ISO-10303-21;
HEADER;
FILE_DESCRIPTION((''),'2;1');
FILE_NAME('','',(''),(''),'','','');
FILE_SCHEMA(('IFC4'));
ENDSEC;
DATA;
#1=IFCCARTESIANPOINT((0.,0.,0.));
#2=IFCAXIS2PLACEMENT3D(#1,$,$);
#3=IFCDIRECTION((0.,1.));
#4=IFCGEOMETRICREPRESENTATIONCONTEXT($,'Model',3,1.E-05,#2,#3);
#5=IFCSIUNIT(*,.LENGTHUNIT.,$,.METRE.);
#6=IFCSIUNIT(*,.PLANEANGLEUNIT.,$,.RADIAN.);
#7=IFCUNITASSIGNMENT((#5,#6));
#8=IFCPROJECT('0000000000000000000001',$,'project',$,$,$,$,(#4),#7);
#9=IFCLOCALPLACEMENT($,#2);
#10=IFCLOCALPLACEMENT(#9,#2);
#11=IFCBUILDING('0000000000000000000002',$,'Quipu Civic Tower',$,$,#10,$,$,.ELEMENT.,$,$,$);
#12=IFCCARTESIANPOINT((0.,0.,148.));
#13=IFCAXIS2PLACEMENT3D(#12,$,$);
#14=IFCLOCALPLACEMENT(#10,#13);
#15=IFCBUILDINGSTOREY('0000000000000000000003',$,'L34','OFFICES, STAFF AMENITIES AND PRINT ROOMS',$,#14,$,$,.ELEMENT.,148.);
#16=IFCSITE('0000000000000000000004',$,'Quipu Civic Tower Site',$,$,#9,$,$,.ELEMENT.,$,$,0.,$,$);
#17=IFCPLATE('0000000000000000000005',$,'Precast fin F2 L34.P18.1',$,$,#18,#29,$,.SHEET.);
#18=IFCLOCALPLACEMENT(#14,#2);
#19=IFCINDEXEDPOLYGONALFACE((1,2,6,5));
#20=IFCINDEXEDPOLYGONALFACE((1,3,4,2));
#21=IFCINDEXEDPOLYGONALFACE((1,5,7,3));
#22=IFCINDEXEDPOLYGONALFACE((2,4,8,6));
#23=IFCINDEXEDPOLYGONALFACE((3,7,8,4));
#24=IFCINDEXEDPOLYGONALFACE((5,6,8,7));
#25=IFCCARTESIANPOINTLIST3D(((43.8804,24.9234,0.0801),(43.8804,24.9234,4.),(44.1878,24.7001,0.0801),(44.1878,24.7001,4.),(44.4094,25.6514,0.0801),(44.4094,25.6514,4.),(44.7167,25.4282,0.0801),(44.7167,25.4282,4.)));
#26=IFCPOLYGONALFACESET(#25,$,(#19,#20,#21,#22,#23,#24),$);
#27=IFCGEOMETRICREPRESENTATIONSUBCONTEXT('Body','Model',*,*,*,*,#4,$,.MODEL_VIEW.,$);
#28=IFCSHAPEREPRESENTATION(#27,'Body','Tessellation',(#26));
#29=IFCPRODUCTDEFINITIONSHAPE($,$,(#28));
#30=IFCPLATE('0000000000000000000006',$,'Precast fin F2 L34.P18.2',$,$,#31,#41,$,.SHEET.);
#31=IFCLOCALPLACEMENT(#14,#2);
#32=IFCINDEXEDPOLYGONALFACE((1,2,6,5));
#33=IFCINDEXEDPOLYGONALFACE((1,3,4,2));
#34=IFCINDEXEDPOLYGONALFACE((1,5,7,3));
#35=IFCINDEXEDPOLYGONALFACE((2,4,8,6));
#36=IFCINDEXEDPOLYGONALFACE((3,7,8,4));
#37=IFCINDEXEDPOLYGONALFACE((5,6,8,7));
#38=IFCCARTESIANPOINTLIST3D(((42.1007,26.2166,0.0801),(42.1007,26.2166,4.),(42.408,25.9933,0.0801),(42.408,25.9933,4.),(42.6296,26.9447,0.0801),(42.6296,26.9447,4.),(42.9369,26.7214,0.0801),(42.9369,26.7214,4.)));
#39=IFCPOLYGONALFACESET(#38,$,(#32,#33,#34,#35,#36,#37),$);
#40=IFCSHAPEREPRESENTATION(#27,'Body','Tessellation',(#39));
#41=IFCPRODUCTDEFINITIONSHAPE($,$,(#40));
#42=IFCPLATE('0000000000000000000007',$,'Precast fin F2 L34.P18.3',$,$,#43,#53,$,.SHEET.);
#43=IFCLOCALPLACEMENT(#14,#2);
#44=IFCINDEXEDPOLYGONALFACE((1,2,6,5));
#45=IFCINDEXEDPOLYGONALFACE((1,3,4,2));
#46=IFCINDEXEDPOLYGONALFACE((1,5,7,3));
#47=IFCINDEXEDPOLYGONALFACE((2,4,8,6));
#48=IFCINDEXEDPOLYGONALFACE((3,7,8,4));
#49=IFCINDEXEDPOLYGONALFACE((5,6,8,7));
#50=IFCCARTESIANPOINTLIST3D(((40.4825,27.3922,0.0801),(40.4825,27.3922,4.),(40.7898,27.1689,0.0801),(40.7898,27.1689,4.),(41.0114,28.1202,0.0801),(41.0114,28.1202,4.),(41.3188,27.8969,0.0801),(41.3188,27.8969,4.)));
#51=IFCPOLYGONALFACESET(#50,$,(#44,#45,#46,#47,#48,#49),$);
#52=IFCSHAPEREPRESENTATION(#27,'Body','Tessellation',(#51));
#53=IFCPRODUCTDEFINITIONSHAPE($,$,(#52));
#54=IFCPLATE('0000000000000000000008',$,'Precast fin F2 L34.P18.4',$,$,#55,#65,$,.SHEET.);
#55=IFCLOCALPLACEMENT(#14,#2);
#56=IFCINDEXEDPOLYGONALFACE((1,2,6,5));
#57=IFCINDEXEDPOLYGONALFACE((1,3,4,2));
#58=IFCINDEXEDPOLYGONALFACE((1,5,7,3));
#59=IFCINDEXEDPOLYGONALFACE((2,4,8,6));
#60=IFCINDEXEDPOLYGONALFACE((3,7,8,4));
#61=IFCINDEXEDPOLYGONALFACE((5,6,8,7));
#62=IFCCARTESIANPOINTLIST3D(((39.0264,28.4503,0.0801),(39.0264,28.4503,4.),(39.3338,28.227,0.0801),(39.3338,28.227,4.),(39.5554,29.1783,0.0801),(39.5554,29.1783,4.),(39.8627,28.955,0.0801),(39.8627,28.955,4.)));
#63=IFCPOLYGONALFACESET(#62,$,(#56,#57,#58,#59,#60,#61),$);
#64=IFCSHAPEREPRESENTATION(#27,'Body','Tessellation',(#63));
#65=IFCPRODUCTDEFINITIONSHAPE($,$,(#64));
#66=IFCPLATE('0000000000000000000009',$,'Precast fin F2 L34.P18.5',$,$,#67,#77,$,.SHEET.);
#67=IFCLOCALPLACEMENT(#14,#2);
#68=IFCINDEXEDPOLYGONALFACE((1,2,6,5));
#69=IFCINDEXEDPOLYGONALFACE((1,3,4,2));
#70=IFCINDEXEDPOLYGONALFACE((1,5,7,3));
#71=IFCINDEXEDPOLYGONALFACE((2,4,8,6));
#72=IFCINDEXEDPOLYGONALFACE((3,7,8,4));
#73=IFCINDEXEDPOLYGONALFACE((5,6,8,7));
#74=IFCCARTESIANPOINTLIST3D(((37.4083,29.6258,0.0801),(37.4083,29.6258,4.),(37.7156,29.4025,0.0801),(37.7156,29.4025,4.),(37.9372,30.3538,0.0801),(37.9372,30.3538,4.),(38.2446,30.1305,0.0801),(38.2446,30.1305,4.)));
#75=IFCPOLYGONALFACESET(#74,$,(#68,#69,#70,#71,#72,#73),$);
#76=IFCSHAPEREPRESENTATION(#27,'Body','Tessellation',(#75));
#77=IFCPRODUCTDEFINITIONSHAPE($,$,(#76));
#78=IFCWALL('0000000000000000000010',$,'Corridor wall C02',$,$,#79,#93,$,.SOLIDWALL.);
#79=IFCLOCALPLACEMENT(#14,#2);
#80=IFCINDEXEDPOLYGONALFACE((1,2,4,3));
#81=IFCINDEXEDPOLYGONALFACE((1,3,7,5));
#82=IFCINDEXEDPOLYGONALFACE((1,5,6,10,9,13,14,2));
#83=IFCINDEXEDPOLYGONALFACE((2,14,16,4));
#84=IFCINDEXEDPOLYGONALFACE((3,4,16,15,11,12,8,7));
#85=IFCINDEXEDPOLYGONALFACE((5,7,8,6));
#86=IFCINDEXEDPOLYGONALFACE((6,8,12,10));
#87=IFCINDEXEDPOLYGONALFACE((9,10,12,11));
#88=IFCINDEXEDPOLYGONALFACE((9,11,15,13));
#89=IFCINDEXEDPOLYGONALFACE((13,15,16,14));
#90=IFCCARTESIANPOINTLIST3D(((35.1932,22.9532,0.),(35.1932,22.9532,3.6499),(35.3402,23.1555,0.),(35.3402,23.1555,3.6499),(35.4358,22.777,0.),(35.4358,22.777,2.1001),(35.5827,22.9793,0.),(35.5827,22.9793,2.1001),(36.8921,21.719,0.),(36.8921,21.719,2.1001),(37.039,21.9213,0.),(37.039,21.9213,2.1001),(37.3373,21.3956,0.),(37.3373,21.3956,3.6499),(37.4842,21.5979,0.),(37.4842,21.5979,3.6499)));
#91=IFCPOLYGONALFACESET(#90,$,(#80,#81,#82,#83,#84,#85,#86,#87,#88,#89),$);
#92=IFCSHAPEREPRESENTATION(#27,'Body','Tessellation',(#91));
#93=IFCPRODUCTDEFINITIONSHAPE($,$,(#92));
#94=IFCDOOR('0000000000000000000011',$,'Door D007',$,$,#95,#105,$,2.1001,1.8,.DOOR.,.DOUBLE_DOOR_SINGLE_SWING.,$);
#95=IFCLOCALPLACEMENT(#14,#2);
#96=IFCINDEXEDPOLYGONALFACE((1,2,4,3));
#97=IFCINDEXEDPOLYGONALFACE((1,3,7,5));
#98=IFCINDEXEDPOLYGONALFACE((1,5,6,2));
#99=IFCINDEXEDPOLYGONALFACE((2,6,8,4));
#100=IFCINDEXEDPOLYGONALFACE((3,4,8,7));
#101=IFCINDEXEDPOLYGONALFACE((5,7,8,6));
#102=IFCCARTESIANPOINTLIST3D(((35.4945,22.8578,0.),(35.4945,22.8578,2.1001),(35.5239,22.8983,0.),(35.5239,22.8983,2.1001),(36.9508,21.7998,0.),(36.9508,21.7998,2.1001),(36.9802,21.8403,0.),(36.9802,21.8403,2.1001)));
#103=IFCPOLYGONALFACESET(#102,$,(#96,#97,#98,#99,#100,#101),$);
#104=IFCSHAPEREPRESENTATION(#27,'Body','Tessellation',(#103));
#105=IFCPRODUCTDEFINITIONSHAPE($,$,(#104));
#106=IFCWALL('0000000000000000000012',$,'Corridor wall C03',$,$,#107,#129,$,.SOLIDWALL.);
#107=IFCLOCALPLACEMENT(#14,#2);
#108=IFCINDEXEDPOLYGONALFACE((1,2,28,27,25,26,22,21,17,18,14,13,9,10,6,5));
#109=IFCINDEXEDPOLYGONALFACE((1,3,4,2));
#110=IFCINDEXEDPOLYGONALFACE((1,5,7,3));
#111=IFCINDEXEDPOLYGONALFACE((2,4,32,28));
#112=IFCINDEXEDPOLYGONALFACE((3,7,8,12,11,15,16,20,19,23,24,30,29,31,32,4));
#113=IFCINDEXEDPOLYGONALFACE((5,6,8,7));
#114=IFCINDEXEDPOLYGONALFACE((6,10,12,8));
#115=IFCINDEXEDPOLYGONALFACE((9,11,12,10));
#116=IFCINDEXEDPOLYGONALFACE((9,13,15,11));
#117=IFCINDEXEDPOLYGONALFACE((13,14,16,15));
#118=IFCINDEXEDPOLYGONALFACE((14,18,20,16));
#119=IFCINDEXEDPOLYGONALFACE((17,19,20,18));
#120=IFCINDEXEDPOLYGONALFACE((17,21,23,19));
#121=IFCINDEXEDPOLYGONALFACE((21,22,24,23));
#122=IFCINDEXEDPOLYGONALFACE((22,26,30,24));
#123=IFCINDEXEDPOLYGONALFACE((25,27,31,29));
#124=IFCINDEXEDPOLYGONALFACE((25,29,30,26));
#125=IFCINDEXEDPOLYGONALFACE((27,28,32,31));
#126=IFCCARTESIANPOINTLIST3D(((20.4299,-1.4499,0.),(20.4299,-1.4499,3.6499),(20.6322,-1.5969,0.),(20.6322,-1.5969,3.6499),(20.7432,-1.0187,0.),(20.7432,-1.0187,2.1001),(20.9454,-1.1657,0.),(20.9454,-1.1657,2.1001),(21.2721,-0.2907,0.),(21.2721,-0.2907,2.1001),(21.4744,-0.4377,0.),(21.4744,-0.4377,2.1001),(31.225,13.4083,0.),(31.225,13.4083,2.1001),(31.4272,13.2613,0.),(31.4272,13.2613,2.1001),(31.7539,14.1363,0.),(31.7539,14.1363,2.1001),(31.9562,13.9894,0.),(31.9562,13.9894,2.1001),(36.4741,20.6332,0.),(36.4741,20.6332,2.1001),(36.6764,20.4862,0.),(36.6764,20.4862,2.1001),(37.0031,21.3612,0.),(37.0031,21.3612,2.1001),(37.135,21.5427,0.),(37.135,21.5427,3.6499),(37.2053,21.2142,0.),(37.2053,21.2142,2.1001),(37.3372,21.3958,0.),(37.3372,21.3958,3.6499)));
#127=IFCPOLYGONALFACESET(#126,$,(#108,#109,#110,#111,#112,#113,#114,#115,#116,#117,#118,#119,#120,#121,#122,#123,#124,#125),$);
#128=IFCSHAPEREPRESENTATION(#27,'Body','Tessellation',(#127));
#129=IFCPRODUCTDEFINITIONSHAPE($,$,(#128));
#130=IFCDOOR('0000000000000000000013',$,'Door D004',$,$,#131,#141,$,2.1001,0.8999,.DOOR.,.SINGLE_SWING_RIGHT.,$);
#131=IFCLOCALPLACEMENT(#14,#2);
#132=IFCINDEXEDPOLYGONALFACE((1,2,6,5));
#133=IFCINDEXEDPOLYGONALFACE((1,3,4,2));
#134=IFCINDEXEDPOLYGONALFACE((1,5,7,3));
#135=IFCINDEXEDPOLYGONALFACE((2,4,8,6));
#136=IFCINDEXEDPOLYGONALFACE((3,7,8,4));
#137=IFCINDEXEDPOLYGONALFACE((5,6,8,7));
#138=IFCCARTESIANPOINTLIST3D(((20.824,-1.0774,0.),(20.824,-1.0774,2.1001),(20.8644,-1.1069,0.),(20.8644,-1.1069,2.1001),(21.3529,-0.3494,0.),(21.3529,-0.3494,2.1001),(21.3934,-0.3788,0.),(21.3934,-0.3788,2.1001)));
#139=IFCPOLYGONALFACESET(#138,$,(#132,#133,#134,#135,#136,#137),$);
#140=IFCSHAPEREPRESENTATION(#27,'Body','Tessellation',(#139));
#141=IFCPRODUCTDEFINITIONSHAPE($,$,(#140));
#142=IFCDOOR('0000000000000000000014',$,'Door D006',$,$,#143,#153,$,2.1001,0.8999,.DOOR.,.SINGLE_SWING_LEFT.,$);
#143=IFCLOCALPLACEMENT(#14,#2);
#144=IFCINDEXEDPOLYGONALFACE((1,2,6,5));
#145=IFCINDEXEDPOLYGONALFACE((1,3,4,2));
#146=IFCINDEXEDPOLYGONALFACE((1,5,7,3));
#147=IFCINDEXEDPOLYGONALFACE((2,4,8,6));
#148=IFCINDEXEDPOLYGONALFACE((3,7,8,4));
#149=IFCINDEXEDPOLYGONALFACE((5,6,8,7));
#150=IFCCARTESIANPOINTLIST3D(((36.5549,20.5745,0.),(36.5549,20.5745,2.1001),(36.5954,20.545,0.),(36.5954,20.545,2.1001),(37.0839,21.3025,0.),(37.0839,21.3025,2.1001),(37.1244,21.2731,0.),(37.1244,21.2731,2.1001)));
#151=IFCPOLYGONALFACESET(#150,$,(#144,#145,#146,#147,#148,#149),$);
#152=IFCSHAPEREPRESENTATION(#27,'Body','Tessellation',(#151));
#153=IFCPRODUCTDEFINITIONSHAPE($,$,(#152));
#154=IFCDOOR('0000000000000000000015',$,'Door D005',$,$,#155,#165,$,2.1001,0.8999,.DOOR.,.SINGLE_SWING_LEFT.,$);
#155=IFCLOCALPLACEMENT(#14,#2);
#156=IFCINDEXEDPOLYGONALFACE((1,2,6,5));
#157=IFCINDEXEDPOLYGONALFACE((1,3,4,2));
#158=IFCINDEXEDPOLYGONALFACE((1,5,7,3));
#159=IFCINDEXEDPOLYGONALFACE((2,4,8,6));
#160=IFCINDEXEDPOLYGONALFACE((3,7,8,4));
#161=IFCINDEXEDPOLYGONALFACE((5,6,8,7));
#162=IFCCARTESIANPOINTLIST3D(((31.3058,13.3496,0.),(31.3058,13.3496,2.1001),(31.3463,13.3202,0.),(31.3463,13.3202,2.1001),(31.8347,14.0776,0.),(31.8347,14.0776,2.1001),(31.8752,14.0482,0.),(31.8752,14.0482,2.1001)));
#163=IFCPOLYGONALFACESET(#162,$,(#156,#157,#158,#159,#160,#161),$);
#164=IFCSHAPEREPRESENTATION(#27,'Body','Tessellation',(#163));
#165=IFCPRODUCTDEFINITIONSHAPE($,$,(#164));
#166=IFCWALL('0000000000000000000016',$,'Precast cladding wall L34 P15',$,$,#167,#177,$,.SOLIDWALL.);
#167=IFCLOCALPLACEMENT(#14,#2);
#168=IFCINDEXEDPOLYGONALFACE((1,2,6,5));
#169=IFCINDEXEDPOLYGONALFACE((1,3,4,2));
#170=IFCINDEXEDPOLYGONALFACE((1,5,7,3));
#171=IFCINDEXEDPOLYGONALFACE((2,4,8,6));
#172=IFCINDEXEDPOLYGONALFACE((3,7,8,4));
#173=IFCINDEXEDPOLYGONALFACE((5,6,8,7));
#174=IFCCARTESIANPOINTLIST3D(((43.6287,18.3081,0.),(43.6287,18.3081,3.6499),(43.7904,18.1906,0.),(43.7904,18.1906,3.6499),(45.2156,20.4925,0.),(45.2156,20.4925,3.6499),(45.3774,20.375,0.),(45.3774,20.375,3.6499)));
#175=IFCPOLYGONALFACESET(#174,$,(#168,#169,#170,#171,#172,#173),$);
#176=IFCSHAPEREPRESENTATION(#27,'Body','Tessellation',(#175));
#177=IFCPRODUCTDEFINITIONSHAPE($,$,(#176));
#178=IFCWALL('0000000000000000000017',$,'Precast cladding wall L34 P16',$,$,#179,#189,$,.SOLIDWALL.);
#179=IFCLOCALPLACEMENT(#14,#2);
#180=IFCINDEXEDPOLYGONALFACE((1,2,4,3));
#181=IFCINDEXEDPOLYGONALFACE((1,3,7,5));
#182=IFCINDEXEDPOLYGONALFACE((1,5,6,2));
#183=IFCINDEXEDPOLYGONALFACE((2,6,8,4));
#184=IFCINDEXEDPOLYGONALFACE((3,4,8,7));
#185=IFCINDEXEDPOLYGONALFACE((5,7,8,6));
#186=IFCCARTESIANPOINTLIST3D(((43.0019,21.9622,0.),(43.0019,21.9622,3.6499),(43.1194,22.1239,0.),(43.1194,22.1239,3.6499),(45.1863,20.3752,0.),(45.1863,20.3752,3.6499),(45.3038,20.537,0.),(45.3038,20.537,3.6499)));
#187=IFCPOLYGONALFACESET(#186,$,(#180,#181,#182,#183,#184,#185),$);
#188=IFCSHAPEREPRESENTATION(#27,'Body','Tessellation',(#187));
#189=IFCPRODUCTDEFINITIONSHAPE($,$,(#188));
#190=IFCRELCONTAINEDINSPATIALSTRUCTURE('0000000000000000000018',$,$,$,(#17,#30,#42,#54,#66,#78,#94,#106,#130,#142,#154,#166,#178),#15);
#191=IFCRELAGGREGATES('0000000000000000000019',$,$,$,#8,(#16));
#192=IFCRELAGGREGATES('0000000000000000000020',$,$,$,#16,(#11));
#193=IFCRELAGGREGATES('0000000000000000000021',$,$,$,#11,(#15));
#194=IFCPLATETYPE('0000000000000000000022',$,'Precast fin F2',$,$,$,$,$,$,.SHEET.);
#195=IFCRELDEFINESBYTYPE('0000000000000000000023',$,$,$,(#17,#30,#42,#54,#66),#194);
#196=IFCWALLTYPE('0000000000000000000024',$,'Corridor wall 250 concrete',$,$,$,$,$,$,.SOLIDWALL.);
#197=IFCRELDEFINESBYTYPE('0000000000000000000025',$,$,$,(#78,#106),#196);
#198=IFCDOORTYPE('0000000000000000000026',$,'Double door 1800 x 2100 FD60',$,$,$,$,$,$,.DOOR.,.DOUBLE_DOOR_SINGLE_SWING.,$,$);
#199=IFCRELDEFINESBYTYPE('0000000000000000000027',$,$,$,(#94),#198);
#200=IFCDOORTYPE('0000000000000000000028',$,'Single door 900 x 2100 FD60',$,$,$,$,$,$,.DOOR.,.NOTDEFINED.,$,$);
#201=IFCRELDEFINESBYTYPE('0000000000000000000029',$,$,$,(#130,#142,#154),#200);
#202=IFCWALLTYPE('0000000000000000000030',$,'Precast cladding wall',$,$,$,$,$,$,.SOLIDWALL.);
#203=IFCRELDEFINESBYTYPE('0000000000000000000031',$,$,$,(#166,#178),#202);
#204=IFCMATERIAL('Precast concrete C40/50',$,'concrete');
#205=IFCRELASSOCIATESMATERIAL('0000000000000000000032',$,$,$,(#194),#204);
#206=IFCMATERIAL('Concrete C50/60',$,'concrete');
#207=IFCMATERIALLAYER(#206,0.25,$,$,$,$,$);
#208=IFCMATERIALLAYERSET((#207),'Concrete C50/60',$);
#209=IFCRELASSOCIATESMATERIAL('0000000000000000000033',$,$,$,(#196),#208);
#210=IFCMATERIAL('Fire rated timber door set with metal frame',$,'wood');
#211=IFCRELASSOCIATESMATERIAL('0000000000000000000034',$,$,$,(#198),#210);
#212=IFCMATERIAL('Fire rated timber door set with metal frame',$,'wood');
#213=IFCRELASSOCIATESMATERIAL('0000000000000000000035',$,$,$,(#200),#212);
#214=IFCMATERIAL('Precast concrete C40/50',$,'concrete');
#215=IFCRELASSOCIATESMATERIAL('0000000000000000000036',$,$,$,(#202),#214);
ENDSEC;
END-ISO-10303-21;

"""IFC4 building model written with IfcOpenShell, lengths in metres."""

from ifc_helpers import new_model, si_unit, direction, frame, frame_2d, origin, origin_2d, place, context, subcontext, project, spatial, rectangle, extrude, material, layer, layer_set, type_object, element, fill, save


model = new_model("IFC4")

# Units and contexts
model_context = context("Model", 3, precision=1e-05, world=origin(), true_north=direction((0.0, 1.0)))
body_context = subcontext(model_context, "Body", "Model", "MODEL_VIEW")
ifc_project = project(units=[si_unit("LENGTHUNIT", "METRE"), si_unit("PLANEANGLEUNIT", "RADIAN")], contexts=[model_context])

# Site, building, storey
site_placement = place(None, origin())
site = spatial("IfcSite", under=ifc_project, at=site_placement, Name="Quipu Civic Tower Site", CompositionType="ELEMENT", RefElevation=0.0)
building_placement = place(site_placement, origin())
building = spatial("IfcBuilding", under=site, at=building_placement, Name="Quipu Civic Tower", CompositionType="ELEMENT")
storey_placement = place(building_placement, frame((0.0, 0.0, 148.0)))
storey = spatial("IfcBuildingStorey", under=building, at=storey_placement, Name="L34", Description="OFFICES, STAFF AMENITIES AND PRINT ROOMS", CompositionType="ELEMENT", Elevation=148.0)

# Plates
ifc_material_1 = material(Name="Precast concrete C40/50", Category="concrete")
plate_type_1 = type_object("IfcPlateType", Name="Precast fin F2", PredefinedType="SHEET", material=ifc_material_1)
for number, where, z_axis, x_axis, name in (
    (1, (44.2986, 25.1758, 0.0801), (0.0, 0.0, 1.0), (-0.809017, 0.587785, 0.0), "Precast fin F2 L34.P18.1"),
    (2, (42.5188, 26.469, 0.0801), (0.0, 0.0, 1.0), (-0.809017, 0.587785, 0.0), "Precast fin F2 L34.P18.2"),
    (3, (40.9006, 27.6445, 0.0801), (0.0, 0.0, 1.0), (-0.809017, 0.587785, 0.0), "Precast fin F2 L34.P18.3"),
    (4, (39.4446, 28.7026, 0.0801), (0.0, 0.0, 1.0), (-0.809017, 0.587785, 0.0), "Precast fin F2 L34.P18.4"),
    (5, (37.8264, 29.8782, 0.0801), (0.0, 0.0, 1.0), (-0.809017, 0.587785, 0.0), "Precast fin F2 L34.P18.5"),
):
    element("IfcPlate", number, at=place(storey_placement, frame(where, z_axis=z_axis, x_axis=x_axis)), inside=storey, type_object=plate_type_1, Name=name, PredefinedType="SHEET", context=body_context, shape_type="SweptSolid", body=[
        extrude(rectangle(XDim=0.3799, YDim=0.8999, at=origin_2d()), origin(), (0.0, 0.0, 1.0), 3.9199),
    ])

# Wall, opening, door
ifc_material_2 = material(Name="Concrete C50/60", Category="concrete")
ifc_layer_1 = layer(ifc_material_2, 0.25)
ifc_layer_set_1 = layer_set([ifc_layer_1], Name="Concrete C50/60")
wall_type_1 = type_object("IfcWallType", Name="Corridor wall 250 concrete", PredefinedType="SOLIDWALL", material=ifc_layer_set_1)
wall_1_placement = place(storey_placement, frame((35.2666, 23.0544, 0.0), z_axis=(0.0, 0.0, 1.0), x_axis=(0.809039, -0.587755, 0.0)))
wall_1 = element("IfcWall", 6, at=wall_1_placement, inside=storey, type_object=wall_type_1, Name="Corridor wall C02", PredefinedType="SOLIDWALL", context=body_context, shape_type="SweptSolid", body=[
    extrude(rectangle(XDim=2.6501, YDim=0.25, at=frame_2d((1.3252, 0.0))), origin(), (0.0, 0.0, 1.0), 3.6499),
])
opening_1_placement = place(wall_1_placement, frame((0.3, 0.0, 0.0)))
opening_1 = element("IfcOpeningElement", 7, at=opening_1_placement, cuts=wall_1, PredefinedType="OPENING", context=body_context, shape_type="SweptSolid", body=[
    extrude(rectangle(XDim=1.8, YDim=2.1001, at=frame_2d((0.8999, 1.05))), frame((0.0, 0.135, 0.0), z_axis=(0.0, -1.0, 0.0), x_axis=(1.0, 0.0, 0.0)), (0.0, 0.0, 1.0), 0.27),
])
ifc_material_3 = material(Name="Fire rated timber door set with metal frame", Category="wood")
door_type_1 = type_object("IfcDoorType", Name="Double door 1800 x 2100 FD60", OperationType="DOUBLE_DOOR_SINGLE_SWING", PredefinedType="DOOR", material=ifc_material_3)
door_1_placement = place(opening_1_placement, origin())
door_1 = element("IfcDoor", 8, at=door_1_placement, inside=storey, type_object=door_type_1, Name="Door D007", OperationType="DOUBLE_DOOR_SINGLE_SWING", OverallHeight=2.1001, OverallWidth=1.8, PredefinedType="DOOR", context=body_context, shape_type="SweptSolid", body=[
    extrude(rectangle(XDim=1.8, YDim=2.1001, at=frame_2d((0.8999, 1.05))), frame((0.0, 0.0249, 0.0), z_axis=(0.0, -1.0, 0.0), x_axis=(1.0, 0.0, 0.0)), (0.0, 0.0, 1.0), 0.05),
])
fill(opening_1, door_1)

# Wall, openings, doors
wall_2_placement = place(storey_placement, frame((37.2361, 21.4692, 0.0), z_axis=(0.0, 0.0, 1.0), x_axis=(-0.587783, -0.809018, 0.0)))
wall_2 = element("IfcWall", 9, at=wall_2_placement, inside=storey, type_object=wall_type_1, Name="Corridor wall C03", PredefinedType="SOLIDWALL", context=body_context, shape_type="SweptSolid", body=[
    extrude(rectangle(XDim=28.4204, YDim=0.25, at=frame_2d((14.2102, 0.0))), origin(), (0.0, 0.0, 1.0), 3.6499),
])
opening_2_placement = place(wall_2_placement, frame((26.9875, 0.0, 0.0)))
opening_2 = element("IfcOpeningElement", 10, at=opening_2_placement, cuts=wall_2, PredefinedType="OPENING", context=body_context, shape_type="SweptSolid", body=[
    extrude(rectangle(XDim=0.8999, YDim=2.1001, at=frame_2d((0.45, 1.05))), frame((0.0, 0.135, 0.0), z_axis=(0.0, -1.0, 0.0), x_axis=(1.0, 0.0, 0.0)), (0.0, 0.0, 1.0), 0.27),
])
opening_3_placement = place(wall_2_placement, frame((0.2244, 0.0, 0.0)))
opening_3 = element("IfcOpeningElement", 11, at=opening_3_placement, cuts=wall_2, PredefinedType="OPENING", context=body_context, shape_type="SweptSolid", body=[
    extrude(rectangle(XDim=0.8999, YDim=2.1001, at=frame_2d((0.45, 1.05))), frame((0.0, 0.135, 0.0), z_axis=(0.0, -1.0, 0.0), x_axis=(1.0, 0.0, 0.0)), (0.0, 0.0, 1.0), 0.27),
])
opening_4_placement = place(wall_2_placement, frame((9.1548, 0.0, 0.0)))
opening_4 = element("IfcOpeningElement", 12, at=opening_4_placement, cuts=wall_2, PredefinedType="OPENING", context=body_context, shape_type="SweptSolid", body=[
    extrude(rectangle(XDim=0.8999, YDim=2.1001, at=frame_2d((0.45, 1.05))), frame((0.0, 0.135, 0.0), z_axis=(0.0, -1.0, 0.0), x_axis=(1.0, 0.0, 0.0)), (0.0, 0.0, 1.0), 0.27),
])
ifc_material_4 = material(Name="Fire rated timber door set with metal frame", Category="wood")
door_type_2 = type_object("IfcDoorType", Name="Single door 900 x 2100 FD60", OperationType="NOTDEFINED", PredefinedType="DOOR", material=ifc_material_4)
door_2_placement = place(opening_2_placement, origin())
door_2 = element("IfcDoor", 13, at=door_2_placement, inside=storey, type_object=door_type_2, Name="Door D004", OperationType="SINGLE_SWING_RIGHT", OverallHeight=2.1001, OverallWidth=0.8999, PredefinedType="DOOR", context=body_context, shape_type="SweptSolid", body=[
    extrude(rectangle(XDim=0.8999, YDim=2.1001, at=frame_2d((0.45, 1.05))), frame((0.0, 0.0249, 0.0), z_axis=(0.0, -1.0, 0.0), x_axis=(1.0, 0.0, 0.0)), (0.0, 0.0, 1.0), 0.05),
])
fill(opening_2, door_2)
door_3_placement = place(opening_3_placement, origin())
door_3 = element("IfcDoor", 14, at=door_3_placement, inside=storey, type_object=door_type_2, Name="Door D006", OperationType="SINGLE_SWING_LEFT", OverallHeight=2.1001, OverallWidth=0.8999, PredefinedType="DOOR", context=body_context, shape_type="SweptSolid", body=[
    extrude(rectangle(XDim=0.8999, YDim=2.1001, at=frame_2d((0.45, 1.05))), frame((0.0, 0.0249, 0.0), z_axis=(0.0, -1.0, 0.0), x_axis=(1.0, 0.0, 0.0)), (0.0, 0.0, 1.0), 0.05),
])
fill(opening_3, door_3)
door_4_placement = place(opening_4_placement, origin())
door_4 = element("IfcDoor", 15, at=door_4_placement, inside=storey, type_object=door_type_2, Name="Door D005", OperationType="SINGLE_SWING_LEFT", OverallHeight=2.1001, OverallWidth=0.8999, PredefinedType="DOOR", context=body_context, shape_type="SweptSolid", body=[
    extrude(rectangle(XDim=0.8999, YDim=2.1001, at=frame_2d((0.45, 1.05))), frame((0.0, 0.0249, 0.0), z_axis=(0.0, -1.0, 0.0), x_axis=(1.0, 0.0, 0.0)), (0.0, 0.0, 1.0), 0.05),
])
fill(opening_4, door_4)

# Walls
ifc_material_5 = material(Name="Precast concrete C40/50", Category="concrete")
wall_type_2 = type_object("IfcWallType", Name="Precast cladding wall", PredefinedType="SOLIDWALL", material=ifc_material_5)
for number, where, z_axis, x_axis, name in (
    (16, (43.7095, 18.2493, 0.0), (0.0, 0.0, 1.0), (0.587763, 0.809033, 0.0), "Precast cladding wall L34 P15"),
    (17, (45.2451, 20.4561, 0.0), (0.0, 0.0, 1.0), (-0.809033, 0.587763, 0.0), "Precast cladding wall L34 P16"),
):
    element("IfcWall", number, at=place(storey_placement, frame(where, z_axis=z_axis, x_axis=x_axis)), inside=storey, type_object=wall_type_2, Name=name, PredefinedType="SOLIDWALL", context=body_context, shape_type="SweptSolid", body=[
        extrude(rectangle(XDim=2.7, YDim=0.2, at=frame_2d((1.3501, 0.0))), origin(), (0.0, 0.0, 1.0), 3.6499),
    ])

save(model, "model.ifc")
